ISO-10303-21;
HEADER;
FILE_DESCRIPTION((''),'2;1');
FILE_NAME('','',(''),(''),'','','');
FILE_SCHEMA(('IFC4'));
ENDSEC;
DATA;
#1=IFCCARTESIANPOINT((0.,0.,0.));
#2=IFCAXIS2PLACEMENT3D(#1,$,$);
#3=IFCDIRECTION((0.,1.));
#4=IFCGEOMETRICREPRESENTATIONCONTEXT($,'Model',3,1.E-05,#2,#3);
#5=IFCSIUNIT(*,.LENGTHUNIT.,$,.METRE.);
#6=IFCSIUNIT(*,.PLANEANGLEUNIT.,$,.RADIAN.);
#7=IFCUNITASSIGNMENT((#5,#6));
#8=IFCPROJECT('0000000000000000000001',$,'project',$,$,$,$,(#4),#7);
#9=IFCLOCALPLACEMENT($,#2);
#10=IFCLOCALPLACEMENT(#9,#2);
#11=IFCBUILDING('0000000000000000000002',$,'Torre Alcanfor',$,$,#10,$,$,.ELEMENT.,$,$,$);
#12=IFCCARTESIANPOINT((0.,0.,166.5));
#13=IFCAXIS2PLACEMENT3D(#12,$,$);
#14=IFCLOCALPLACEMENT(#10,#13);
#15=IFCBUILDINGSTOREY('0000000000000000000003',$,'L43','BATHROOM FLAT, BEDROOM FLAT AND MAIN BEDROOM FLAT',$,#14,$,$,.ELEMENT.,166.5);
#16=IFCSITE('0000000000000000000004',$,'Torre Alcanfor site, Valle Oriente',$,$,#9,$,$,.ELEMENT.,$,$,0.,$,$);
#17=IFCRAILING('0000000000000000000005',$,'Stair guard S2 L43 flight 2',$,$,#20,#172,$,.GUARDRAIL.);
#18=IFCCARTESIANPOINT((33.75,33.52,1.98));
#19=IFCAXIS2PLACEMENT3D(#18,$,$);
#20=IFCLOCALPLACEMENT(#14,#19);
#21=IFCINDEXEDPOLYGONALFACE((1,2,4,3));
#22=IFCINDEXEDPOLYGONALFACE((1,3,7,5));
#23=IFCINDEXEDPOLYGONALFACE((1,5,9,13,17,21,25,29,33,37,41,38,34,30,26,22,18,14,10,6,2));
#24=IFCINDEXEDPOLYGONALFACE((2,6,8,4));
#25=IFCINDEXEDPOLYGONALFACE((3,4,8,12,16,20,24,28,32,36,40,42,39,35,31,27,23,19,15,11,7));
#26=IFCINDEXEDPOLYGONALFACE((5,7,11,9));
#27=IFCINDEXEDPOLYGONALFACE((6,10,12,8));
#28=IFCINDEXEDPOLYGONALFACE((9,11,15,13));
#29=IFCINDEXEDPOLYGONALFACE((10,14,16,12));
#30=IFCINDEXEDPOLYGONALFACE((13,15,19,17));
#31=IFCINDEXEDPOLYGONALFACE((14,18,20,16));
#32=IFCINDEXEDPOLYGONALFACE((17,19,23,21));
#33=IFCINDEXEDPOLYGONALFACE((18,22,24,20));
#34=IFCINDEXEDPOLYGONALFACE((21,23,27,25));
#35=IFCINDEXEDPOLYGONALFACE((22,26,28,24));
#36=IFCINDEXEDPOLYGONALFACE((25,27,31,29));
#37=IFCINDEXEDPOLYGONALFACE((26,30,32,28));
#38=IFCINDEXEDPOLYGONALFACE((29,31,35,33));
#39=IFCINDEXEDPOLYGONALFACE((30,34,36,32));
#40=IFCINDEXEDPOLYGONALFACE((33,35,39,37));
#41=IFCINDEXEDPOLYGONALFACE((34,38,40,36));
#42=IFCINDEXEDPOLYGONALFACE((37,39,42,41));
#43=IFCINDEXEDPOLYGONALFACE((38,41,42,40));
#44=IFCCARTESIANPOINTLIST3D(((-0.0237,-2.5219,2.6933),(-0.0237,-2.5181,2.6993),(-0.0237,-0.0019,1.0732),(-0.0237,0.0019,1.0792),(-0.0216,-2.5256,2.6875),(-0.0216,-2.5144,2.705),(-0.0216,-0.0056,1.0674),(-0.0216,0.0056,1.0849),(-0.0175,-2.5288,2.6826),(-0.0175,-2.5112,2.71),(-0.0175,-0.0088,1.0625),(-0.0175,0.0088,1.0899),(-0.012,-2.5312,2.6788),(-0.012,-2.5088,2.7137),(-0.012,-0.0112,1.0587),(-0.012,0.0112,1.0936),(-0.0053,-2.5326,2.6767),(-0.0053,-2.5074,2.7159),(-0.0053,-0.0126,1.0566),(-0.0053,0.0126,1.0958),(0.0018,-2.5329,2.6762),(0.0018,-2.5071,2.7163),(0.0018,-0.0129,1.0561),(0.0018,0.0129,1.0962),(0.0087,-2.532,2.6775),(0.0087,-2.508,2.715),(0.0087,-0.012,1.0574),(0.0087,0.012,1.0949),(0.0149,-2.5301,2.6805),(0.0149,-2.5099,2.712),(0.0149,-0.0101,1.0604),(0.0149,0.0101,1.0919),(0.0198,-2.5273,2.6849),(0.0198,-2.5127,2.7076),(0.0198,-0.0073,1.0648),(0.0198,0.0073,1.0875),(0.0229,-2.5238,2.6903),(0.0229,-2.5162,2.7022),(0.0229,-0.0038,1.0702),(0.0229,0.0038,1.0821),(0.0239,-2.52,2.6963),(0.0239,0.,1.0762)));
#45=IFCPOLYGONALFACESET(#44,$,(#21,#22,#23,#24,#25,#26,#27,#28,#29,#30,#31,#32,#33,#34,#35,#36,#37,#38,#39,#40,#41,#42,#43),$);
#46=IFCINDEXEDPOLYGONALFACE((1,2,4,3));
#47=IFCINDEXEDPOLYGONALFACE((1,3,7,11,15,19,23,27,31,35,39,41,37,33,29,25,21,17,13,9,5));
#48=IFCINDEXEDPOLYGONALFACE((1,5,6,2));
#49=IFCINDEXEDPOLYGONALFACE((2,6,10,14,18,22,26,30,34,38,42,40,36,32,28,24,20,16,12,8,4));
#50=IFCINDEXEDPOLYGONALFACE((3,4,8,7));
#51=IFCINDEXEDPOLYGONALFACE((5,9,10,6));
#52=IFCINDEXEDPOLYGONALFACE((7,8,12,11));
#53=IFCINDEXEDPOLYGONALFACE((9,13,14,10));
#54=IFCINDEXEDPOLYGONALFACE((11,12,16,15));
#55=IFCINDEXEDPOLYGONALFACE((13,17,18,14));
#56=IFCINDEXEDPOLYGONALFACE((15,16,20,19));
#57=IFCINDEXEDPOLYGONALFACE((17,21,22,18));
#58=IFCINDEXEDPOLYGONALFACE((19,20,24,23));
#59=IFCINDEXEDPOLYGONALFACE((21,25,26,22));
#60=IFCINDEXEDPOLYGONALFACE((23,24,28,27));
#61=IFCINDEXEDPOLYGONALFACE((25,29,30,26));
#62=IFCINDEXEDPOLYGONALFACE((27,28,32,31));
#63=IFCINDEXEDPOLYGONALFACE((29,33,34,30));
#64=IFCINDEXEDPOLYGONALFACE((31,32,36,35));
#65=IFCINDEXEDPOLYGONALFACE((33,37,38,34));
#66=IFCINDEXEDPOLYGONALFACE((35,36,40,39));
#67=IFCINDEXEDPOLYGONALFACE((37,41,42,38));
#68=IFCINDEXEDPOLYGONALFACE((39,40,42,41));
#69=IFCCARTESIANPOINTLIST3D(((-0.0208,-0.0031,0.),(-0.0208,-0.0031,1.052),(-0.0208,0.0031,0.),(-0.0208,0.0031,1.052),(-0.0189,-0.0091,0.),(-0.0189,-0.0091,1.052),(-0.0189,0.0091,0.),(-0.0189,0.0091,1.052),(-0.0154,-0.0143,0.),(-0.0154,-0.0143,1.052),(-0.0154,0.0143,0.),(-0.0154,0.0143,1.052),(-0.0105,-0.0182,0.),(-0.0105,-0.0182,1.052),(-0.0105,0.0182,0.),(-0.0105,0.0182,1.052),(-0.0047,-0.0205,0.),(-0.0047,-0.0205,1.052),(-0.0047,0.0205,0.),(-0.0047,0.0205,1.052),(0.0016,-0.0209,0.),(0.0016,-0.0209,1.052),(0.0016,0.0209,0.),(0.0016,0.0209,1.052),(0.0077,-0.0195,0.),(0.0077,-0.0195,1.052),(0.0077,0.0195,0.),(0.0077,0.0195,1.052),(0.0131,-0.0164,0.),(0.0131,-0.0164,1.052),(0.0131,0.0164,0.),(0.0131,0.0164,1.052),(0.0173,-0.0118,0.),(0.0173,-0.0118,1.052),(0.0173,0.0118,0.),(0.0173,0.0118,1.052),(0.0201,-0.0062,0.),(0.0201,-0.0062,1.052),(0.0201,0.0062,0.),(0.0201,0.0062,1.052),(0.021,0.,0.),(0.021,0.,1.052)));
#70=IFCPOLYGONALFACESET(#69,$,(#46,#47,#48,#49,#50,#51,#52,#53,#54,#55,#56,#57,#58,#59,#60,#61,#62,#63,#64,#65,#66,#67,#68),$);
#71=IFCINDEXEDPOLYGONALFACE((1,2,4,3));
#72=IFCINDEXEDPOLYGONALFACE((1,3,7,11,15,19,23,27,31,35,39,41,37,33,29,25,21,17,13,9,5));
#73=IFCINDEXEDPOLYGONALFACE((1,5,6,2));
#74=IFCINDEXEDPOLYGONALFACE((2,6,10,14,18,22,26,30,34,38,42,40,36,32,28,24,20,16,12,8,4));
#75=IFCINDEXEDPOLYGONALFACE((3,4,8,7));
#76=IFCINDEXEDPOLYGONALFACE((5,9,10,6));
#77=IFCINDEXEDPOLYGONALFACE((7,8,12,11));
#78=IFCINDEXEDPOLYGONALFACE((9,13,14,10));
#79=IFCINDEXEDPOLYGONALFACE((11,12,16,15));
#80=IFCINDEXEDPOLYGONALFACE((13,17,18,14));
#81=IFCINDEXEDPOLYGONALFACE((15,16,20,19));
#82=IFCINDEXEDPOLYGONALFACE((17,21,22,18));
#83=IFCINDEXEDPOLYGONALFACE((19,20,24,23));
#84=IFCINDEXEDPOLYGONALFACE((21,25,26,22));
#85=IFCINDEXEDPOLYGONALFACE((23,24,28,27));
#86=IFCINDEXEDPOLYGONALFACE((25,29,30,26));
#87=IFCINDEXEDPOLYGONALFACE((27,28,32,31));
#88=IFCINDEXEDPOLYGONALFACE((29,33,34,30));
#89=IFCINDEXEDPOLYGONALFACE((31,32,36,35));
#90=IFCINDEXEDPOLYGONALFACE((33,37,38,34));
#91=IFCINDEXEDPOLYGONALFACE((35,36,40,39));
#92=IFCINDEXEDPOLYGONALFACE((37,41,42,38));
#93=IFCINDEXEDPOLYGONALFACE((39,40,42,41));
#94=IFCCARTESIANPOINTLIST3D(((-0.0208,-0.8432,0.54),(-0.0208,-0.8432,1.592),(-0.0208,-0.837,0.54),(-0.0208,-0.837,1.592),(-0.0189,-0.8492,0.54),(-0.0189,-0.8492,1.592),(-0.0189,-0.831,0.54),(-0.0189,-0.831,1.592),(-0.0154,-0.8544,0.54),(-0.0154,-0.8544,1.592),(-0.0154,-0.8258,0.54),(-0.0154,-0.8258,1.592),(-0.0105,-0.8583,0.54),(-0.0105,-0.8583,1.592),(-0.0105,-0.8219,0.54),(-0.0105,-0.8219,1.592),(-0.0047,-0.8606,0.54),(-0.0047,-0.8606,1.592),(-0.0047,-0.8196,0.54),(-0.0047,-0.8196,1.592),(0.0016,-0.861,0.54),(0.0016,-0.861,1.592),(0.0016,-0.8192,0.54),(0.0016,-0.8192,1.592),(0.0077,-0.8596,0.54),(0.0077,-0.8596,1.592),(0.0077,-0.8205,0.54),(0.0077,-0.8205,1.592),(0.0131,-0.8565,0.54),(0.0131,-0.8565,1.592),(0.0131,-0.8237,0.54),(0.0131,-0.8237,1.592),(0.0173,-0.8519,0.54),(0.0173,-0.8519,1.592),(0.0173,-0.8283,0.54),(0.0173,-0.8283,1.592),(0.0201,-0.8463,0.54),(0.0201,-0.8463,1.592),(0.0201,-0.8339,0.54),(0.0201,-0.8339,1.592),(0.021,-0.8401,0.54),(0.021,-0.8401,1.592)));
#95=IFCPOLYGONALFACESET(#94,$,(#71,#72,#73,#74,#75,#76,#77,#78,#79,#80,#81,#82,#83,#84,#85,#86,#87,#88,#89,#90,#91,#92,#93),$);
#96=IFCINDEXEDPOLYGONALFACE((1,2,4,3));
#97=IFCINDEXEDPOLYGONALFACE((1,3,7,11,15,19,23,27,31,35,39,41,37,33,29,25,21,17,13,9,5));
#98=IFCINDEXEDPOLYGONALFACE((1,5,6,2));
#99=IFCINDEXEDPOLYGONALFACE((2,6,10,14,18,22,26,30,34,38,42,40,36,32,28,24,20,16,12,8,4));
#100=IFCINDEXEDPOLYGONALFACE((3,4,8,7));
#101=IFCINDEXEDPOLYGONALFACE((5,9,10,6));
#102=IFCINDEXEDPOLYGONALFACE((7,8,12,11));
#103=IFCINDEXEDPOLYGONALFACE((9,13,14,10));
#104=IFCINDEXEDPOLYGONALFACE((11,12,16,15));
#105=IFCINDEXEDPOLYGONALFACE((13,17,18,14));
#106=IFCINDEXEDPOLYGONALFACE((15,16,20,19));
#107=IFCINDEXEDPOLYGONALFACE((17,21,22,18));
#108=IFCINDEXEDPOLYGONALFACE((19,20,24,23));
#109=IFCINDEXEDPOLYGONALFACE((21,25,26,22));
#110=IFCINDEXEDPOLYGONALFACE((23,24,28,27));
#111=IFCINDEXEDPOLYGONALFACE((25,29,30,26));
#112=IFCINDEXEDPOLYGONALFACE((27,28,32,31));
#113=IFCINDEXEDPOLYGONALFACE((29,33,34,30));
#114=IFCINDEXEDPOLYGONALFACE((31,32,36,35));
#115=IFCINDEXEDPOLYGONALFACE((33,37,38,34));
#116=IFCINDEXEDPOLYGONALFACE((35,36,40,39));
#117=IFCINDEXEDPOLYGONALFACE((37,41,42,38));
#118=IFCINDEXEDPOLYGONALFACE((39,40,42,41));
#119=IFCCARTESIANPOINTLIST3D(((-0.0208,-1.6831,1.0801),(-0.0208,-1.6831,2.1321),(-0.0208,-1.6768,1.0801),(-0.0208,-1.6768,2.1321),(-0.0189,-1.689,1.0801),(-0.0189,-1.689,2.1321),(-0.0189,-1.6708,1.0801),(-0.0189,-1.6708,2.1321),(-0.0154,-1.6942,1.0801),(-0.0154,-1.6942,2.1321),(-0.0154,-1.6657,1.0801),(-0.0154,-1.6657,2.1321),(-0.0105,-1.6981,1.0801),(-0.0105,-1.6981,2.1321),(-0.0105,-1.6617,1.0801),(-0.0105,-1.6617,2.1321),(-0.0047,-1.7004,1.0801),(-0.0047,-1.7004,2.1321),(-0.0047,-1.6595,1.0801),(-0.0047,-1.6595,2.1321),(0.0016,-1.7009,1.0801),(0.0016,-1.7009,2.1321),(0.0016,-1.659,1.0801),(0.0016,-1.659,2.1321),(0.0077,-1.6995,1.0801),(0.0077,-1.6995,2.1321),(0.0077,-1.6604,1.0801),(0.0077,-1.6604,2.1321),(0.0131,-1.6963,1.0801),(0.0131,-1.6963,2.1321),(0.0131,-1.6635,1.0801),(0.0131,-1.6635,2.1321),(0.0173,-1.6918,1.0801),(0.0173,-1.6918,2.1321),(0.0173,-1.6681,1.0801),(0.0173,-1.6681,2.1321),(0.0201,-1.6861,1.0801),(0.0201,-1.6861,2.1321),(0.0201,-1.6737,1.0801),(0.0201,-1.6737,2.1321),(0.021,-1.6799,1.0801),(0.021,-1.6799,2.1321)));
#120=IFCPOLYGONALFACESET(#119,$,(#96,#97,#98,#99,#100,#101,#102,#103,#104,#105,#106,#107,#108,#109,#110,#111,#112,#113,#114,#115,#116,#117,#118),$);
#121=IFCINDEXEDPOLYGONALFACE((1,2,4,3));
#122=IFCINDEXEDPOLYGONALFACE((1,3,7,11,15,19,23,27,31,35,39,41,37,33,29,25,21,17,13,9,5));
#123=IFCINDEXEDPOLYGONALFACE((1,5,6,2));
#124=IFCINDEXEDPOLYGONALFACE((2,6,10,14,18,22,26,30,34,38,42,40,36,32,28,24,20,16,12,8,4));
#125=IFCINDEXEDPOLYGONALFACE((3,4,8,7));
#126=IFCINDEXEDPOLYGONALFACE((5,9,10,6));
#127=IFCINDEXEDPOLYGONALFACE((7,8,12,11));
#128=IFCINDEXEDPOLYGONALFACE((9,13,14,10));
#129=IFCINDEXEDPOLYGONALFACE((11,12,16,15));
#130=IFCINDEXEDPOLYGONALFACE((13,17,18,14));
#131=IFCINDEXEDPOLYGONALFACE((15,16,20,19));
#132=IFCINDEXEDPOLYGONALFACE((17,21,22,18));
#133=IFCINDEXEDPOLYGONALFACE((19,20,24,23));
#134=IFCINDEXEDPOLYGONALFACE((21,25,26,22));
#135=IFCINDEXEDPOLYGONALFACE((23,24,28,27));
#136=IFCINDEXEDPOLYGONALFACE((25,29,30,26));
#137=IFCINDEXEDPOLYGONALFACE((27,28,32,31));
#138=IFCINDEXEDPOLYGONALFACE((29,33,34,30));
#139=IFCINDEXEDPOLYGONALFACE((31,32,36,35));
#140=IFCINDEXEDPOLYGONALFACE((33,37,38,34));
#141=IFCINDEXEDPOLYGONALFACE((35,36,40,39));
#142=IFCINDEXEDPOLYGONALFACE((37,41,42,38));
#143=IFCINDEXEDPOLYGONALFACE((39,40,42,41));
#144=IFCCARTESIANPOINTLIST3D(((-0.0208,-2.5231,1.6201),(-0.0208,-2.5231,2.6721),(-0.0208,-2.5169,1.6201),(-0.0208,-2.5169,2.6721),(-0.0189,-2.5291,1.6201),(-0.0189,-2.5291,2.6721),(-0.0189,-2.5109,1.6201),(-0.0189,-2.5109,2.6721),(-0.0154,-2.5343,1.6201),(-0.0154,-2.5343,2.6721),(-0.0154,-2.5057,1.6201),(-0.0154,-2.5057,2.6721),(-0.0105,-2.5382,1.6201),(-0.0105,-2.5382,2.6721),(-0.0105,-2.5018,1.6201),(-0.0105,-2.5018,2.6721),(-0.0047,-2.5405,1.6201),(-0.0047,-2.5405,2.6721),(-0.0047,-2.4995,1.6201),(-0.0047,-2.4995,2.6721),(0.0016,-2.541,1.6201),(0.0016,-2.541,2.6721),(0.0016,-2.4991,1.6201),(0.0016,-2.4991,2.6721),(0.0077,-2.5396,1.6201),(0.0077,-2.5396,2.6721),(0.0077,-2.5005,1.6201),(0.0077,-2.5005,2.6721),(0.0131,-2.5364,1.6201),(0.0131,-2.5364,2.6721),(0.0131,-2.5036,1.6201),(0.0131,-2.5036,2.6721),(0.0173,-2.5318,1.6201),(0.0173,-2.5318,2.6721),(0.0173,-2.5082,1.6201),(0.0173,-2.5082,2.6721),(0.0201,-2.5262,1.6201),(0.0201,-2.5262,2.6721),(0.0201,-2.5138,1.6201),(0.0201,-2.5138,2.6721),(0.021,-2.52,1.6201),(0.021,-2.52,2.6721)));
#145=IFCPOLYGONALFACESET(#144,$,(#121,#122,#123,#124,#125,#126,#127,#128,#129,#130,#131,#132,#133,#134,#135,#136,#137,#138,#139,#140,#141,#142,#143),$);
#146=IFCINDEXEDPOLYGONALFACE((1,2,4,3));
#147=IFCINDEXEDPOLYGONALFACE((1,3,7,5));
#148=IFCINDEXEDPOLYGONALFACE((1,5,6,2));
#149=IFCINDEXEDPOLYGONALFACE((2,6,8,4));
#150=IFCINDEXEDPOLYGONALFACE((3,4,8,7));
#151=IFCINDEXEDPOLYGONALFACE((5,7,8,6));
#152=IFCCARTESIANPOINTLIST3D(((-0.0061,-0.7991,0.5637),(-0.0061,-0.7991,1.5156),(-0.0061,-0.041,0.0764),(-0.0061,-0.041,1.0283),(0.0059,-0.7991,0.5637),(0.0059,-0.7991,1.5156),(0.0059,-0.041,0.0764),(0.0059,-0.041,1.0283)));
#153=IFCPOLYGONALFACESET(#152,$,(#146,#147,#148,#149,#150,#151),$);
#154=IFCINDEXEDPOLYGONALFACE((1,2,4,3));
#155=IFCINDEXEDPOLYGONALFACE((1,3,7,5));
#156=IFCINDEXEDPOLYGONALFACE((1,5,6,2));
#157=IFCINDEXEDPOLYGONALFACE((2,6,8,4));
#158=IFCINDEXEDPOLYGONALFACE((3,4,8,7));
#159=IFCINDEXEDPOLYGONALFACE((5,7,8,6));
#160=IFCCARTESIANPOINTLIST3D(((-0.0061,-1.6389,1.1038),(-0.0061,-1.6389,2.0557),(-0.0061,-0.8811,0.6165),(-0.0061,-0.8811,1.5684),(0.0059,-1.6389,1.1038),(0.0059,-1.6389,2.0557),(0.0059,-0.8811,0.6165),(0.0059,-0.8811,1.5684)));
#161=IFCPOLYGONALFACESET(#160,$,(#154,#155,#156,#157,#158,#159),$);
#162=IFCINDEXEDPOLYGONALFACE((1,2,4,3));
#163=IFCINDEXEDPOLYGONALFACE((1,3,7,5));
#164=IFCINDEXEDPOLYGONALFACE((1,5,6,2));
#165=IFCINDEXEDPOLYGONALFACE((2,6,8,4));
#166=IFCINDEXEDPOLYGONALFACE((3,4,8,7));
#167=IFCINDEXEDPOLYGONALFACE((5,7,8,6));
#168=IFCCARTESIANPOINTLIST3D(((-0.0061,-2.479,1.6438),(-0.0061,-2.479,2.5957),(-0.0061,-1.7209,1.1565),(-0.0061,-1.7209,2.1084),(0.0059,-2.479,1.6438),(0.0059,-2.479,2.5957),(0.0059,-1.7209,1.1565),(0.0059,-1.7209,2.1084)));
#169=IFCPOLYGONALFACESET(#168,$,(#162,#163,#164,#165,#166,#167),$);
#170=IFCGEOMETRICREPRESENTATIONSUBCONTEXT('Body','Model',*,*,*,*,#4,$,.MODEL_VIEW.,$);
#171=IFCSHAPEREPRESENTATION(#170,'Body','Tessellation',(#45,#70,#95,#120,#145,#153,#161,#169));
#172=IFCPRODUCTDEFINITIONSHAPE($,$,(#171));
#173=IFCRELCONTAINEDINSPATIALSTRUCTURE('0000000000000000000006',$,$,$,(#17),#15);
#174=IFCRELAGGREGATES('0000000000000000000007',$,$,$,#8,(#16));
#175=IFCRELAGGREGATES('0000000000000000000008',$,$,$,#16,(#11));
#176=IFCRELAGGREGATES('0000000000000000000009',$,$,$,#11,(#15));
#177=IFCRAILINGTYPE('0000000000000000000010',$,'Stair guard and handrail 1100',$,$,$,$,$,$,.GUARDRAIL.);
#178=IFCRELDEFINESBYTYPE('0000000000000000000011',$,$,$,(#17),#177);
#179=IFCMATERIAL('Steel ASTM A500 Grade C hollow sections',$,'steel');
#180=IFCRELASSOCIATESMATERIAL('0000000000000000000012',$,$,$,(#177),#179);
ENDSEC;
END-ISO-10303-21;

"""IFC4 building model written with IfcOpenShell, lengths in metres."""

from ifc_helpers import new_model, si_unit, direction, frame, origin, origin_2d, place, context, subcontext, project, spatial, polyline, circle, outline, extrude, material, type_object, element, save


model = new_model("IFC4")

# Units and contexts
model_context = context("Model", 3, precision=1e-05, world=origin(), true_north=direction((0.0, 1.0)))
body_context = subcontext(model_context, "Body", "Model", "MODEL_VIEW")
ifc_project = project(units=[si_unit("LENGTHUNIT", "METRE"), si_unit("PLANEANGLEUNIT", "RADIAN")], contexts=[model_context])

# Site, building, storey
site_placement = place(None, origin())
site = spatial("IfcSite", under=ifc_project, at=site_placement, Name="Torre Alcanfor site, Valle Oriente", CompositionType="ELEMENT", RefElevation=0.0)
building_placement = place(site_placement, origin())
building = spatial("IfcBuilding", under=site, at=building_placement, Name="Torre Alcanfor", CompositionType="ELEMENT")
storey_placement = place(building_placement, frame((0.0, 0.0, 166.5)))
storey = spatial("IfcBuildingStorey", under=building, at=storey_placement, Name="L43", Description="BATHROOM FLAT, BEDROOM FLAT AND MAIN BEDROOM FLAT", CompositionType="ELEMENT", Elevation=166.5)

# Railing
ifc_material_1 = material(Name="Steel ASTM A500 Grade C hollow sections", Category="steel")
railing_type_1 = type_object("IfcRailingType", Name="Stair guard and handrail 1100", PredefinedType="GUARDRAIL", material=ifc_material_1)
railing_1_placement = place(storey_placement, frame((33.75, 33.52, 1.98)))
element("IfcRailing", 1, at=railing_1_placement, inside=storey, type_object=railing_type_1, Name="Stair guard S2 L43 flight 2", PredefinedType="GUARDRAIL", context=body_context, shape_type="SweptSolid", body=[
    extrude(circle(Radius=0.0239, at=origin_2d()), frame((0.0, 0.0, 1.0762), z_axis=(0.0, -0.841163, 0.540782), x_axis=(1.0, 0.0, 0.0)), (0.0, 0.0, 1.0), 2.9958),
    extrude(circle(Radius=0.021, at=origin_2d()), origin(), (0.0, 0.0, 1.0), 1.052),
    extrude(circle(Radius=0.021, at=origin_2d()), frame((0.0, -0.8401, 0.54)), (0.0, 0.0, 1.0), 1.052),
    extrude(circle(Radius=0.021, at=origin_2d()), frame((0.0, -1.6799, 1.0801)), (0.0, 0.0, 1.0), 1.052),
    extrude(circle(Radius=0.021, at=origin_2d()), frame((0.0, -2.52, 1.6201)), (0.0, 0.0, 1.0), 1.052),
    extrude(outline(polyline([(0.041, 0.0764), (0.7991, 0.5637), (0.7991, 1.5156), (0.041, 1.0283), (0.041, 0.0764)])), frame((0.0059, 0.0, 0.0), z_axis=(-1.0, 0.0, 0.0), x_axis=(0.0, -1.0, 0.0)), (0.0, 0.0, 1.0), 0.012),
    extrude(outline(polyline([(0.8811, 0.6165), (1.6389, 1.1038), (1.6389, 2.0557), (0.8811, 1.5684), (0.8811, 0.6165)])), frame((0.0059, 0.0, 0.0), z_axis=(-1.0, 0.0, 0.0), x_axis=(0.0, -1.0, 0.0)), (0.0, 0.0, 1.0), 0.012),
    extrude(outline(polyline([(1.7209, 1.1565), (2.479, 1.6438), (2.479, 2.5957), (1.7209, 2.1084), (1.7209, 1.1565)])), frame((0.0059, 0.0, 0.0), z_axis=(-1.0, 0.0, 0.0), x_axis=(0.0, -1.0, 0.0)), (0.0, 0.0, 1.0), 0.012),
])

save(model, "model.ifc")
